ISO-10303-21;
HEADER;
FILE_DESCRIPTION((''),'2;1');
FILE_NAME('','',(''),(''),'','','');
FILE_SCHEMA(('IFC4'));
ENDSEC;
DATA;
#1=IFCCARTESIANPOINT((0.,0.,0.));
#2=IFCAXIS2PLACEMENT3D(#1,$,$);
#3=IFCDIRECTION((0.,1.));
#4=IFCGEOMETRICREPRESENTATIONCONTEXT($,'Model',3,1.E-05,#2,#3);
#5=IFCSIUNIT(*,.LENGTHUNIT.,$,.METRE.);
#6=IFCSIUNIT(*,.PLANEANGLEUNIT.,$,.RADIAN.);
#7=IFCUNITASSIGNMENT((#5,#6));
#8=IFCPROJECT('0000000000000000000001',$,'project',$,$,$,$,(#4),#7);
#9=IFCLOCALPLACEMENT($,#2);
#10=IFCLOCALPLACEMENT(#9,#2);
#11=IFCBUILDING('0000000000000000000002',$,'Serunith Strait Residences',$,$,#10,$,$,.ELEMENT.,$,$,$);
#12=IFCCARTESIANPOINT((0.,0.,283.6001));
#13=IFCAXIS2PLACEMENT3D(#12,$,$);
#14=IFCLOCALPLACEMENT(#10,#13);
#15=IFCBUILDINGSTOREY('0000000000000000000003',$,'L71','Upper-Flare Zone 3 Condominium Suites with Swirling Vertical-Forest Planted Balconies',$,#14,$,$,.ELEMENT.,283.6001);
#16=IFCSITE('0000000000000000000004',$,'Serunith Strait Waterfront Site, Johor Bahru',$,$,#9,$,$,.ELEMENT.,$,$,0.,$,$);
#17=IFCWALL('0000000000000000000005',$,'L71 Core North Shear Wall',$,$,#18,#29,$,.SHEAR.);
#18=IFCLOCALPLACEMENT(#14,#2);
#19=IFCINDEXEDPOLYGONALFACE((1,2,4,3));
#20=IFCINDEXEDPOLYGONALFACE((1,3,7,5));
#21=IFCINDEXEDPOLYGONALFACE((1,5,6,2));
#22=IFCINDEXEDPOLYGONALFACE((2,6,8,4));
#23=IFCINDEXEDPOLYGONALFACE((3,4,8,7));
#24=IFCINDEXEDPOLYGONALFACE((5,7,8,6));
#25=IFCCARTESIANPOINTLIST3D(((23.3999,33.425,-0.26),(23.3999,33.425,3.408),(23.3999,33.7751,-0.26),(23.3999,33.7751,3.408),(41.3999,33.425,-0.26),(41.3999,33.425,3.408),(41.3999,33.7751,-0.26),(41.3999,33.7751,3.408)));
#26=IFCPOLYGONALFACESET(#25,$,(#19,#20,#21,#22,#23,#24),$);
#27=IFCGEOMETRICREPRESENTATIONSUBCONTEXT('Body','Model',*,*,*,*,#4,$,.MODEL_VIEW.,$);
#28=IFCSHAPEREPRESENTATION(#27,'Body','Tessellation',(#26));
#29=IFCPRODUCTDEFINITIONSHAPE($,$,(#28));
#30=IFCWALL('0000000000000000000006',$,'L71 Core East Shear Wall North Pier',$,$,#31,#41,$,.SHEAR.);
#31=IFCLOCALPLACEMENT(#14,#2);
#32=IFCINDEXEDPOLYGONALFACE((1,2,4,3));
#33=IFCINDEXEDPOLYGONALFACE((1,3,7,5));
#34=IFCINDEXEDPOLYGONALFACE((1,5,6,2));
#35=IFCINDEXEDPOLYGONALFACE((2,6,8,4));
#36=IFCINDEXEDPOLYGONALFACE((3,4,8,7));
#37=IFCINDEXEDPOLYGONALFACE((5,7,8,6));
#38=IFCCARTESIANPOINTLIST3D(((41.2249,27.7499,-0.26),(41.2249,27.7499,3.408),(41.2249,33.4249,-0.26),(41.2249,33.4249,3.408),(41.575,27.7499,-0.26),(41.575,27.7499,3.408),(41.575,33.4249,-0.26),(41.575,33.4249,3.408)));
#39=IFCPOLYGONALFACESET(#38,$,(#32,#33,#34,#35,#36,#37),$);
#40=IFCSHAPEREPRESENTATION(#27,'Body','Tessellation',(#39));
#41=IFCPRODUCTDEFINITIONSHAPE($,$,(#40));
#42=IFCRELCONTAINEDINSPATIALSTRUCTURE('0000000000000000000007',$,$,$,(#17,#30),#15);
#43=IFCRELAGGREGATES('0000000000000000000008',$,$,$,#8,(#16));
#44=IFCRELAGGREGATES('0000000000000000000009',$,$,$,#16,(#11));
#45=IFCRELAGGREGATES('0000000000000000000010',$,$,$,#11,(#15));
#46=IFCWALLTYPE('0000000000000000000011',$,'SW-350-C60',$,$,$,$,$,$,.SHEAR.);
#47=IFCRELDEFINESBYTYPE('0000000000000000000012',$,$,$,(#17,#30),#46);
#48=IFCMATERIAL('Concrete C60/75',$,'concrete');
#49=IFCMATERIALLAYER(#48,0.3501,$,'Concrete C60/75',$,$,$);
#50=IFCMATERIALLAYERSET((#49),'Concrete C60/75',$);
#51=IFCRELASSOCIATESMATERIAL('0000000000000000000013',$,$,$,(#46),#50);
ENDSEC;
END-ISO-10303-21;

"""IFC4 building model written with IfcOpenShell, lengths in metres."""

from ifc_helpers import new_model, si_unit, direction, frame, frame_2d, origin, place, context, subcontext, project, spatial, rectangle, extrude, material, layer, layer_set, type_object, element, save


model = new_model("IFC4")

# Units and contexts
model_context = context("Model", 3, precision=1e-05, world=origin(), true_north=direction((0.0, 1.0)))
body_context = subcontext(model_context, "Body", "Model", "MODEL_VIEW")
ifc_project = project(units=[si_unit("LENGTHUNIT", "METRE"), si_unit("PLANEANGLEUNIT", "RADIAN")], contexts=[model_context])

# Site, building, storey
site_placement = place(None, origin())
site = spatial("IfcSite", under=ifc_project, at=site_placement, Name="Serunith Strait Waterfront Site, Johor Bahru", CompositionType="ELEMENT", RefElevation=0.0)
building_placement = place(site_placement, origin())
building = spatial("IfcBuilding", under=site, at=building_placement, Name="Serunith Strait Residences", CompositionType="ELEMENT")
storey_placement = place(building_placement, frame((0.0, 0.0, 283.6001)))
storey = spatial("IfcBuildingStorey", under=building, at=storey_placement, Name="L71", Description="Upper-Flare Zone 3 Condominium Suites with Swirling Vertical-Forest Planted Balconies", CompositionType="ELEMENT", Elevation=283.6001)

# Walls
ifc_material_1 = material(Name="Concrete C60/75", Category="concrete")
ifc_layer_1 = layer(ifc_material_1, 0.3501, Name="Concrete C60/75")
ifc_layer_set_1 = layer_set([ifc_layer_1], Name="Concrete C60/75")
wall_type_1 = type_object("IfcWallType", Name="SW-350-C60", PredefinedType="SHEAR", material=ifc_layer_set_1)
wall_1_placement = place(storey_placement, frame((41.3999, 33.6001, -0.26), z_axis=(0.0, 0.0, 1.0), x_axis=(-1.0, 0.0, 0.0)))
element("IfcWall", 1, at=wall_1_placement, inside=storey, type_object=wall_type_1, Name="L71 Core North Shear Wall", PredefinedType="SHEAR", context=body_context, shape_type="SweptSolid", body=[
    extrude(rectangle(XDim=18.0, YDim=0.3501, at=frame_2d((9.0, 0.0))), origin(), (0.0, 0.0, 1.0), 3.668),
])
wall_2_placement = place(storey_placement, frame((41.3999, 27.75, -0.26), z_axis=(0.0, 0.0, 1.0), x_axis=(0.0, 1.0, 0.0)))
element("IfcWall", 2, at=wall_2_placement, inside=storey, type_object=wall_type_1, Name="L71 Core East Shear Wall North Pier", PredefinedType="SHEAR", context=body_context, shape_type="SweptSolid", body=[
    extrude(rectangle(XDim=5.675, YDim=0.3501, at=frame_2d((2.8374, 0.0))), origin(), (0.0, 0.0, 1.0), 3.668),
])

save(model, "model.ifc")
